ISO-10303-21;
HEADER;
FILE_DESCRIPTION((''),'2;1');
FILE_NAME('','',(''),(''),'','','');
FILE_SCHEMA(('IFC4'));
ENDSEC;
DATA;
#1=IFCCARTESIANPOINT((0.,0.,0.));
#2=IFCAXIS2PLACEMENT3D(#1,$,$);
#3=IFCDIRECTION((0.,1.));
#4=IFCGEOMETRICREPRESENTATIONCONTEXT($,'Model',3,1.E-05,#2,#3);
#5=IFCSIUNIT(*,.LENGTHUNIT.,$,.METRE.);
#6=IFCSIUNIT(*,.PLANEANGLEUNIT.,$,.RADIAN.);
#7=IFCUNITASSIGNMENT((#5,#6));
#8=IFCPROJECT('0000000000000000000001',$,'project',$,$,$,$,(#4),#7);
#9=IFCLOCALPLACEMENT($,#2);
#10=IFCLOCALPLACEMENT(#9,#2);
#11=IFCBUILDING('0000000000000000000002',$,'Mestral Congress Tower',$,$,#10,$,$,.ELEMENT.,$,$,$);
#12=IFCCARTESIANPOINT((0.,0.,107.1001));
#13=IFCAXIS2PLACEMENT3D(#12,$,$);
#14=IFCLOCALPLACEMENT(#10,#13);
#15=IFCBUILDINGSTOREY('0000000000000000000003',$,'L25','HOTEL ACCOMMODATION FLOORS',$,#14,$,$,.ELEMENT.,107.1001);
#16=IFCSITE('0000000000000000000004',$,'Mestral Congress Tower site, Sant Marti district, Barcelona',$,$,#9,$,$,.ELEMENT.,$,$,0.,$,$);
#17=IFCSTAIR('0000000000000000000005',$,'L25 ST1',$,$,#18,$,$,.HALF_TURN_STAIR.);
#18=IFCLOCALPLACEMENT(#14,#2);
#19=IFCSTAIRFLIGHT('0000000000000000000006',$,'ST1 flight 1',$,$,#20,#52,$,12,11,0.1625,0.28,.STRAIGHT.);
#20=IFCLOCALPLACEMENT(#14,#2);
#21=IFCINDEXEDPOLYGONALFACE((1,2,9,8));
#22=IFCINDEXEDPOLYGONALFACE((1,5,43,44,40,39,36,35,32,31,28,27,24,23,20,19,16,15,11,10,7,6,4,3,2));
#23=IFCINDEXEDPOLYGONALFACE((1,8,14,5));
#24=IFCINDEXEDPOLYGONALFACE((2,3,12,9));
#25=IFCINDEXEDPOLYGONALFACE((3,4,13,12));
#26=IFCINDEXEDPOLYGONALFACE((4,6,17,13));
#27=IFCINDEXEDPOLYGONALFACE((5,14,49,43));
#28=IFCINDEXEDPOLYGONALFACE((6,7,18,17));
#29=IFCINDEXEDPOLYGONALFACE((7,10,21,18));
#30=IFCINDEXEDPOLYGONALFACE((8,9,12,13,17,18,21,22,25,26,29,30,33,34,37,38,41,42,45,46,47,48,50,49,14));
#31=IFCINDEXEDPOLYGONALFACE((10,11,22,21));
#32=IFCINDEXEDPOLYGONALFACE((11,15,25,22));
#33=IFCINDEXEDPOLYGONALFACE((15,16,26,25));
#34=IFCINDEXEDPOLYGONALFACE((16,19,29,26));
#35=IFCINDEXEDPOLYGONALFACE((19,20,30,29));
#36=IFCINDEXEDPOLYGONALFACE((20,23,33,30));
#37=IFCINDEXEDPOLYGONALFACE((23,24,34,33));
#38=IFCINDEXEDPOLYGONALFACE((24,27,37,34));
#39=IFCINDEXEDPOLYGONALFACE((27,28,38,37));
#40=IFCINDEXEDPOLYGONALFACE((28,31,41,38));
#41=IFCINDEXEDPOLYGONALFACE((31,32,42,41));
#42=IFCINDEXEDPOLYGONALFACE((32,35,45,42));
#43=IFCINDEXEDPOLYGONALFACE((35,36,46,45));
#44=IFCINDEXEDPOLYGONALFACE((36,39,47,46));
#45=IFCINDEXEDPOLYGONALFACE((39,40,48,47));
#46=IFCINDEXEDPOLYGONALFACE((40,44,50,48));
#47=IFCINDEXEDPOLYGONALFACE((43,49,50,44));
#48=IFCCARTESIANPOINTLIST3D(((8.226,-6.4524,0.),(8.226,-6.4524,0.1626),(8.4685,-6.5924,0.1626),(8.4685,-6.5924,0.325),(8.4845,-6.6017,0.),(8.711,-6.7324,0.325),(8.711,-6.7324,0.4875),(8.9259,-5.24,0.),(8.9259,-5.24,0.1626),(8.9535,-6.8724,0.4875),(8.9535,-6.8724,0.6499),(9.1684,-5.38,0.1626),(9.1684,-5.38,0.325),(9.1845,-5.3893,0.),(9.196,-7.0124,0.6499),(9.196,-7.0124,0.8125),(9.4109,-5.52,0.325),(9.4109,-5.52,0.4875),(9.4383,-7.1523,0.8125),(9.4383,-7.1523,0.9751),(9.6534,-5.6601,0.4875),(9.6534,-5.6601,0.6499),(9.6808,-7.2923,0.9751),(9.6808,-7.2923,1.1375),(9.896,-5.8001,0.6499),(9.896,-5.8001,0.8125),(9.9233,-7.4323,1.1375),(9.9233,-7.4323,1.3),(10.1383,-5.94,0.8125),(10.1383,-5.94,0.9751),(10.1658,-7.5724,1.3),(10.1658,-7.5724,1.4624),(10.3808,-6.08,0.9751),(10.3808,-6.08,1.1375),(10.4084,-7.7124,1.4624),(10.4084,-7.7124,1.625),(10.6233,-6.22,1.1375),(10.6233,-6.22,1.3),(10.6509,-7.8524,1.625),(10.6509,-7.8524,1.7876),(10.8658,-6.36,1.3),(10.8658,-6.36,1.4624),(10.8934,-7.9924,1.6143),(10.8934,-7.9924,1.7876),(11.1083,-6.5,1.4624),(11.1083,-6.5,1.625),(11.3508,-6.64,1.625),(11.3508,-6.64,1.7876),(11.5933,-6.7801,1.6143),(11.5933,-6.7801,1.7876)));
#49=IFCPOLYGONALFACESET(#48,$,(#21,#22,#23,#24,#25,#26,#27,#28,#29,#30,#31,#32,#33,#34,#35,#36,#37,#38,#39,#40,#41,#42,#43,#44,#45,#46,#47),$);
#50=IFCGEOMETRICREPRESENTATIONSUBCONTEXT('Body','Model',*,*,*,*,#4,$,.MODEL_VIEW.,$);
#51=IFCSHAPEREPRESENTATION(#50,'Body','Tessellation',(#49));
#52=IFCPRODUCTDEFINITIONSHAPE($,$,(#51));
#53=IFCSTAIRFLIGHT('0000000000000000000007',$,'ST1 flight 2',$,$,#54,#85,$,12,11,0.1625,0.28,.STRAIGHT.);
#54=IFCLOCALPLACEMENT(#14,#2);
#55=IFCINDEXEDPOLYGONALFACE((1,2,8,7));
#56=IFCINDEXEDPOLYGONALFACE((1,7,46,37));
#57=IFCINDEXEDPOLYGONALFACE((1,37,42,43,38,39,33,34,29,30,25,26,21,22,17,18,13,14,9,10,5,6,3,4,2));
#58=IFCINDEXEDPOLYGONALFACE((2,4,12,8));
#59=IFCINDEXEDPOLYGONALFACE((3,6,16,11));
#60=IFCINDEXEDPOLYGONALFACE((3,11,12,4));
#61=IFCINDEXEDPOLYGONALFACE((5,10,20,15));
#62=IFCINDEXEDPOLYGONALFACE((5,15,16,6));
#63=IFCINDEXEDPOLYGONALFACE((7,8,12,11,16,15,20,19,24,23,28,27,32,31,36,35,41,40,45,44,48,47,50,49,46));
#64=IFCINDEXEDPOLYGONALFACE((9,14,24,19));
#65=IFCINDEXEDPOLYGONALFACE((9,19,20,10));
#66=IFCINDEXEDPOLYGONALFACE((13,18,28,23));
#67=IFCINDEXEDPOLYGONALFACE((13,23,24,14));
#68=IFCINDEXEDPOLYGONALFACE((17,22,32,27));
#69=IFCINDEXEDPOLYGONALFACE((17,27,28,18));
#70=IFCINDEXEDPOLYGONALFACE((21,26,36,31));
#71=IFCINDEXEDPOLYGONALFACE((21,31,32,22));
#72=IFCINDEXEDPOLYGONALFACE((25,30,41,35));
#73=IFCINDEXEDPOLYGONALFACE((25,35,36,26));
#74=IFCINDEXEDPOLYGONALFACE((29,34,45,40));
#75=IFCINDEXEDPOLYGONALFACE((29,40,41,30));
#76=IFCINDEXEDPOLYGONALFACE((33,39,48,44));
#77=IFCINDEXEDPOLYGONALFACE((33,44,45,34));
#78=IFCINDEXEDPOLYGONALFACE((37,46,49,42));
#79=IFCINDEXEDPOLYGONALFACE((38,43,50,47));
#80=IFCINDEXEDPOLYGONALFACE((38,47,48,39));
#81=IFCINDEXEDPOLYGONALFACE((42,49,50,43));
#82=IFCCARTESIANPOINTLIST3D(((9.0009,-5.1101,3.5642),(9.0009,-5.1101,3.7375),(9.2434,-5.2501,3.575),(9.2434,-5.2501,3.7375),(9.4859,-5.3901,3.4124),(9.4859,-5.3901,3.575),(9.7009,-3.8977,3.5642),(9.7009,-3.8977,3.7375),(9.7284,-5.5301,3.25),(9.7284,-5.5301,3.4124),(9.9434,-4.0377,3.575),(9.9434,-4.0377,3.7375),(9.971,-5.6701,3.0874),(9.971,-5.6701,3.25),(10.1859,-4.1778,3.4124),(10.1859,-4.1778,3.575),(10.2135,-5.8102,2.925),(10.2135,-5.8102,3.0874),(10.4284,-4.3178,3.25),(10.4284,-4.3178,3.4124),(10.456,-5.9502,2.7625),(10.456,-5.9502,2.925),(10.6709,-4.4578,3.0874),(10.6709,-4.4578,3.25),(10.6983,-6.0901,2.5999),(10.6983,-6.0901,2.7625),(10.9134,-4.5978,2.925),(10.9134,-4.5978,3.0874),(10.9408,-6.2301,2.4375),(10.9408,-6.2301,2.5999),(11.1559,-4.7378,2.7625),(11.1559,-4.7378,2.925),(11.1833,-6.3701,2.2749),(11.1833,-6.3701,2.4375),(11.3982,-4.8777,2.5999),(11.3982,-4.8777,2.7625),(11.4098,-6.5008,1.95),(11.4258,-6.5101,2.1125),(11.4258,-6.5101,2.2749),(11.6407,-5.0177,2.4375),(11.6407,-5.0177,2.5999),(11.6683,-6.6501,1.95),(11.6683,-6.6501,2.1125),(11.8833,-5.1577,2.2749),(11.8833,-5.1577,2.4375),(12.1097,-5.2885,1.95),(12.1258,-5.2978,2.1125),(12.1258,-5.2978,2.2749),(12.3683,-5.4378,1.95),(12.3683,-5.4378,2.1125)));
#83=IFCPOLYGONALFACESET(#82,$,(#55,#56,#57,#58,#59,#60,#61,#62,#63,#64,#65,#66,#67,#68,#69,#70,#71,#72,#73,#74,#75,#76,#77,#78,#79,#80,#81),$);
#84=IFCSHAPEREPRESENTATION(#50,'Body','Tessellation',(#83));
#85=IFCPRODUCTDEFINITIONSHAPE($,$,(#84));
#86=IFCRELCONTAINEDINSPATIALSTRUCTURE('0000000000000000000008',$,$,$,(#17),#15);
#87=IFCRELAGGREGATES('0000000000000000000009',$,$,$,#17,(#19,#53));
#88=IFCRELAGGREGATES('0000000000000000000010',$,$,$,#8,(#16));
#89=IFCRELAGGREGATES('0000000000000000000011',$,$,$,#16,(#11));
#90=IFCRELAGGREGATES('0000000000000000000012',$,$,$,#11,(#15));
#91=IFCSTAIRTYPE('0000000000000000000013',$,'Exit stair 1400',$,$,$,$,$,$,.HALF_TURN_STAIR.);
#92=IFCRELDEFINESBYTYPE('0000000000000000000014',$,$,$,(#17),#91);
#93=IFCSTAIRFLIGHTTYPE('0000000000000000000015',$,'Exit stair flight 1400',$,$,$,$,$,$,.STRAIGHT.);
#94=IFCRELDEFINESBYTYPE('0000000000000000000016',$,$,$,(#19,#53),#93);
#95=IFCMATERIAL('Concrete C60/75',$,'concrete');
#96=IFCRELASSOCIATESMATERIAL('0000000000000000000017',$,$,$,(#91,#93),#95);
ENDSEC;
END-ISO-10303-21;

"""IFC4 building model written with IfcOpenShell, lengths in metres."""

from ifc_helpers import new_model, si_unit, direction, frame, origin, place, context, subcontext, project, spatial, polyline, outline, extrude, material, type_object, element, aggregate, save


model = new_model("IFC4")

# Units and contexts
model_context = context("Model", 3, precision=1e-05, world=origin(), true_north=direction((0.0, 1.0)))
body_context = subcontext(model_context, "Body", "Model", "MODEL_VIEW")
ifc_project = project(units=[si_unit("LENGTHUNIT", "METRE"), si_unit("PLANEANGLEUNIT", "RADIAN")], contexts=[model_context])

# Site, building, storey
site_placement = place(None, origin())
site = spatial("IfcSite", under=ifc_project, at=site_placement, Name="Mestral Congress Tower site, Sant Marti district, Barcelona", CompositionType="ELEMENT", RefElevation=0.0)
building_placement = place(site_placement, origin())
building = spatial("IfcBuilding", under=site, at=building_placement, Name="Mestral Congress Tower", CompositionType="ELEMENT")
storey_placement = place(building_placement, frame((0.0, 0.0, 107.1001)))
storey = spatial("IfcBuildingStorey", under=building, at=storey_placement, Name="L25", Description="HOTEL ACCOMMODATION FLOORS", CompositionType="ELEMENT", Elevation=107.1001)

# Shared definitions
ifc_material_1 = material(Name="Concrete C60/75", Category="concrete")

# Stair
stair_type = type_object("IfcStairType", Name="Exit stair 1400", PredefinedType="HALF_TURN_STAIR", material=ifc_material_1)
placement_1 = place(storey_placement, origin())
stair_1 = element("IfcStair", 1, at=placement_1, inside=storey, type_object=stair_type, Name="L25 ST1", PredefinedType="HALF_TURN_STAIR")

# Stair flights
stair_flight_type = type_object("IfcStairFlightType", Name="Exit stair flight 1400", PredefinedType="STRAIGHT", material=ifc_material_1)
stair_flight_1_placement = place(storey_placement, frame((8.5759, -5.8462, 0.0), z_axis=(0.0, 0.0, 1.0), x_axis=(0.866025, -0.5, 0.0)))
stair_flight_1 = element("IfcStairFlight", 2, at=stair_flight_1_placement, type_object=stair_flight_type, Name="ST1 flight 1", NumberOfRisers=12, NumberOfTreads=11, PredefinedType="STRAIGHT", RiserHeight=0.1625, TreadLength=0.28, context=body_context, shape_type="SweptSolid", body=[
    extrude(outline(polyline([(0.0, 0.0), (0.0, 0.1626), (0.28, 0.1626), (0.28, 0.325), (0.5601, 0.325), (0.5601, 0.4875), (0.8401, 0.4875), (0.8401, 0.6499), (1.1201, 0.6499), (1.1201, 0.8125), (1.3999, 0.8125), (1.3999, 0.9751), (1.6799, 0.9751), (1.6799, 1.1375), (1.96, 1.1375), (1.96, 1.3), (2.24, 1.3), (2.24, 1.4624), (2.52, 1.4624), (2.52, 1.625), (2.8, 1.625), (2.8, 1.7876), (3.0801, 1.7876), (3.0801, 1.95), (3.0801, 1.6143), (0.2986, 0.0), (0.0, 0.0)])), frame((0.0, 0.7, 0.0), z_axis=(0.0, -1.0, 0.0), x_axis=(1.0, 0.0, 0.0)), (0.0, 0.0, 1.0), 1.3999),
])
stair_flight_2_placement = place(storey_placement, frame((12.0183, -6.0439, 1.95), z_axis=(0.0, 0.0, 1.0), x_axis=(-0.866025, 0.5, 0.0)))
stair_flight_2 = element("IfcStairFlight", 3, at=stair_flight_2_placement, type_object=stair_flight_type, Name="ST1 flight 2", NumberOfRisers=12, NumberOfTreads=11, PredefinedType="STRAIGHT", RiserHeight=0.1625, TreadLength=0.28, context=body_context, shape_type="SweptSolid", body=[
    extrude(outline(polyline([(0.0, 0.0), (0.0, 0.1626), (0.28, 0.1626), (0.28, 0.325), (0.5601, 0.325), (0.5601, 0.4875), (0.8401, 0.4875), (0.8401, 0.6499), (1.1201, 0.6499), (1.1201, 0.8125), (1.3999, 0.8125), (1.3999, 0.9751), (1.6799, 0.9751), (1.6799, 1.1375), (1.96, 1.1375), (1.96, 1.3), (2.24, 1.3), (2.24, 1.4624), (2.52, 1.4624), (2.52, 1.625), (2.8, 1.625), (2.8, 1.7876), (3.0801, 1.7876), (3.0801, 1.95), (3.0801, 1.6143), (0.2986, 0.0), (0.0, 0.0)])), frame((0.0, 0.7, 0.0), z_axis=(0.0, -1.0, 0.0), x_axis=(1.0, 0.0, 0.0)), (0.0, 0.0, 1.0), 1.3999),
])
aggregate(stair_1, [stair_flight_1, stair_flight_2])

save(model, "model.ifc")
